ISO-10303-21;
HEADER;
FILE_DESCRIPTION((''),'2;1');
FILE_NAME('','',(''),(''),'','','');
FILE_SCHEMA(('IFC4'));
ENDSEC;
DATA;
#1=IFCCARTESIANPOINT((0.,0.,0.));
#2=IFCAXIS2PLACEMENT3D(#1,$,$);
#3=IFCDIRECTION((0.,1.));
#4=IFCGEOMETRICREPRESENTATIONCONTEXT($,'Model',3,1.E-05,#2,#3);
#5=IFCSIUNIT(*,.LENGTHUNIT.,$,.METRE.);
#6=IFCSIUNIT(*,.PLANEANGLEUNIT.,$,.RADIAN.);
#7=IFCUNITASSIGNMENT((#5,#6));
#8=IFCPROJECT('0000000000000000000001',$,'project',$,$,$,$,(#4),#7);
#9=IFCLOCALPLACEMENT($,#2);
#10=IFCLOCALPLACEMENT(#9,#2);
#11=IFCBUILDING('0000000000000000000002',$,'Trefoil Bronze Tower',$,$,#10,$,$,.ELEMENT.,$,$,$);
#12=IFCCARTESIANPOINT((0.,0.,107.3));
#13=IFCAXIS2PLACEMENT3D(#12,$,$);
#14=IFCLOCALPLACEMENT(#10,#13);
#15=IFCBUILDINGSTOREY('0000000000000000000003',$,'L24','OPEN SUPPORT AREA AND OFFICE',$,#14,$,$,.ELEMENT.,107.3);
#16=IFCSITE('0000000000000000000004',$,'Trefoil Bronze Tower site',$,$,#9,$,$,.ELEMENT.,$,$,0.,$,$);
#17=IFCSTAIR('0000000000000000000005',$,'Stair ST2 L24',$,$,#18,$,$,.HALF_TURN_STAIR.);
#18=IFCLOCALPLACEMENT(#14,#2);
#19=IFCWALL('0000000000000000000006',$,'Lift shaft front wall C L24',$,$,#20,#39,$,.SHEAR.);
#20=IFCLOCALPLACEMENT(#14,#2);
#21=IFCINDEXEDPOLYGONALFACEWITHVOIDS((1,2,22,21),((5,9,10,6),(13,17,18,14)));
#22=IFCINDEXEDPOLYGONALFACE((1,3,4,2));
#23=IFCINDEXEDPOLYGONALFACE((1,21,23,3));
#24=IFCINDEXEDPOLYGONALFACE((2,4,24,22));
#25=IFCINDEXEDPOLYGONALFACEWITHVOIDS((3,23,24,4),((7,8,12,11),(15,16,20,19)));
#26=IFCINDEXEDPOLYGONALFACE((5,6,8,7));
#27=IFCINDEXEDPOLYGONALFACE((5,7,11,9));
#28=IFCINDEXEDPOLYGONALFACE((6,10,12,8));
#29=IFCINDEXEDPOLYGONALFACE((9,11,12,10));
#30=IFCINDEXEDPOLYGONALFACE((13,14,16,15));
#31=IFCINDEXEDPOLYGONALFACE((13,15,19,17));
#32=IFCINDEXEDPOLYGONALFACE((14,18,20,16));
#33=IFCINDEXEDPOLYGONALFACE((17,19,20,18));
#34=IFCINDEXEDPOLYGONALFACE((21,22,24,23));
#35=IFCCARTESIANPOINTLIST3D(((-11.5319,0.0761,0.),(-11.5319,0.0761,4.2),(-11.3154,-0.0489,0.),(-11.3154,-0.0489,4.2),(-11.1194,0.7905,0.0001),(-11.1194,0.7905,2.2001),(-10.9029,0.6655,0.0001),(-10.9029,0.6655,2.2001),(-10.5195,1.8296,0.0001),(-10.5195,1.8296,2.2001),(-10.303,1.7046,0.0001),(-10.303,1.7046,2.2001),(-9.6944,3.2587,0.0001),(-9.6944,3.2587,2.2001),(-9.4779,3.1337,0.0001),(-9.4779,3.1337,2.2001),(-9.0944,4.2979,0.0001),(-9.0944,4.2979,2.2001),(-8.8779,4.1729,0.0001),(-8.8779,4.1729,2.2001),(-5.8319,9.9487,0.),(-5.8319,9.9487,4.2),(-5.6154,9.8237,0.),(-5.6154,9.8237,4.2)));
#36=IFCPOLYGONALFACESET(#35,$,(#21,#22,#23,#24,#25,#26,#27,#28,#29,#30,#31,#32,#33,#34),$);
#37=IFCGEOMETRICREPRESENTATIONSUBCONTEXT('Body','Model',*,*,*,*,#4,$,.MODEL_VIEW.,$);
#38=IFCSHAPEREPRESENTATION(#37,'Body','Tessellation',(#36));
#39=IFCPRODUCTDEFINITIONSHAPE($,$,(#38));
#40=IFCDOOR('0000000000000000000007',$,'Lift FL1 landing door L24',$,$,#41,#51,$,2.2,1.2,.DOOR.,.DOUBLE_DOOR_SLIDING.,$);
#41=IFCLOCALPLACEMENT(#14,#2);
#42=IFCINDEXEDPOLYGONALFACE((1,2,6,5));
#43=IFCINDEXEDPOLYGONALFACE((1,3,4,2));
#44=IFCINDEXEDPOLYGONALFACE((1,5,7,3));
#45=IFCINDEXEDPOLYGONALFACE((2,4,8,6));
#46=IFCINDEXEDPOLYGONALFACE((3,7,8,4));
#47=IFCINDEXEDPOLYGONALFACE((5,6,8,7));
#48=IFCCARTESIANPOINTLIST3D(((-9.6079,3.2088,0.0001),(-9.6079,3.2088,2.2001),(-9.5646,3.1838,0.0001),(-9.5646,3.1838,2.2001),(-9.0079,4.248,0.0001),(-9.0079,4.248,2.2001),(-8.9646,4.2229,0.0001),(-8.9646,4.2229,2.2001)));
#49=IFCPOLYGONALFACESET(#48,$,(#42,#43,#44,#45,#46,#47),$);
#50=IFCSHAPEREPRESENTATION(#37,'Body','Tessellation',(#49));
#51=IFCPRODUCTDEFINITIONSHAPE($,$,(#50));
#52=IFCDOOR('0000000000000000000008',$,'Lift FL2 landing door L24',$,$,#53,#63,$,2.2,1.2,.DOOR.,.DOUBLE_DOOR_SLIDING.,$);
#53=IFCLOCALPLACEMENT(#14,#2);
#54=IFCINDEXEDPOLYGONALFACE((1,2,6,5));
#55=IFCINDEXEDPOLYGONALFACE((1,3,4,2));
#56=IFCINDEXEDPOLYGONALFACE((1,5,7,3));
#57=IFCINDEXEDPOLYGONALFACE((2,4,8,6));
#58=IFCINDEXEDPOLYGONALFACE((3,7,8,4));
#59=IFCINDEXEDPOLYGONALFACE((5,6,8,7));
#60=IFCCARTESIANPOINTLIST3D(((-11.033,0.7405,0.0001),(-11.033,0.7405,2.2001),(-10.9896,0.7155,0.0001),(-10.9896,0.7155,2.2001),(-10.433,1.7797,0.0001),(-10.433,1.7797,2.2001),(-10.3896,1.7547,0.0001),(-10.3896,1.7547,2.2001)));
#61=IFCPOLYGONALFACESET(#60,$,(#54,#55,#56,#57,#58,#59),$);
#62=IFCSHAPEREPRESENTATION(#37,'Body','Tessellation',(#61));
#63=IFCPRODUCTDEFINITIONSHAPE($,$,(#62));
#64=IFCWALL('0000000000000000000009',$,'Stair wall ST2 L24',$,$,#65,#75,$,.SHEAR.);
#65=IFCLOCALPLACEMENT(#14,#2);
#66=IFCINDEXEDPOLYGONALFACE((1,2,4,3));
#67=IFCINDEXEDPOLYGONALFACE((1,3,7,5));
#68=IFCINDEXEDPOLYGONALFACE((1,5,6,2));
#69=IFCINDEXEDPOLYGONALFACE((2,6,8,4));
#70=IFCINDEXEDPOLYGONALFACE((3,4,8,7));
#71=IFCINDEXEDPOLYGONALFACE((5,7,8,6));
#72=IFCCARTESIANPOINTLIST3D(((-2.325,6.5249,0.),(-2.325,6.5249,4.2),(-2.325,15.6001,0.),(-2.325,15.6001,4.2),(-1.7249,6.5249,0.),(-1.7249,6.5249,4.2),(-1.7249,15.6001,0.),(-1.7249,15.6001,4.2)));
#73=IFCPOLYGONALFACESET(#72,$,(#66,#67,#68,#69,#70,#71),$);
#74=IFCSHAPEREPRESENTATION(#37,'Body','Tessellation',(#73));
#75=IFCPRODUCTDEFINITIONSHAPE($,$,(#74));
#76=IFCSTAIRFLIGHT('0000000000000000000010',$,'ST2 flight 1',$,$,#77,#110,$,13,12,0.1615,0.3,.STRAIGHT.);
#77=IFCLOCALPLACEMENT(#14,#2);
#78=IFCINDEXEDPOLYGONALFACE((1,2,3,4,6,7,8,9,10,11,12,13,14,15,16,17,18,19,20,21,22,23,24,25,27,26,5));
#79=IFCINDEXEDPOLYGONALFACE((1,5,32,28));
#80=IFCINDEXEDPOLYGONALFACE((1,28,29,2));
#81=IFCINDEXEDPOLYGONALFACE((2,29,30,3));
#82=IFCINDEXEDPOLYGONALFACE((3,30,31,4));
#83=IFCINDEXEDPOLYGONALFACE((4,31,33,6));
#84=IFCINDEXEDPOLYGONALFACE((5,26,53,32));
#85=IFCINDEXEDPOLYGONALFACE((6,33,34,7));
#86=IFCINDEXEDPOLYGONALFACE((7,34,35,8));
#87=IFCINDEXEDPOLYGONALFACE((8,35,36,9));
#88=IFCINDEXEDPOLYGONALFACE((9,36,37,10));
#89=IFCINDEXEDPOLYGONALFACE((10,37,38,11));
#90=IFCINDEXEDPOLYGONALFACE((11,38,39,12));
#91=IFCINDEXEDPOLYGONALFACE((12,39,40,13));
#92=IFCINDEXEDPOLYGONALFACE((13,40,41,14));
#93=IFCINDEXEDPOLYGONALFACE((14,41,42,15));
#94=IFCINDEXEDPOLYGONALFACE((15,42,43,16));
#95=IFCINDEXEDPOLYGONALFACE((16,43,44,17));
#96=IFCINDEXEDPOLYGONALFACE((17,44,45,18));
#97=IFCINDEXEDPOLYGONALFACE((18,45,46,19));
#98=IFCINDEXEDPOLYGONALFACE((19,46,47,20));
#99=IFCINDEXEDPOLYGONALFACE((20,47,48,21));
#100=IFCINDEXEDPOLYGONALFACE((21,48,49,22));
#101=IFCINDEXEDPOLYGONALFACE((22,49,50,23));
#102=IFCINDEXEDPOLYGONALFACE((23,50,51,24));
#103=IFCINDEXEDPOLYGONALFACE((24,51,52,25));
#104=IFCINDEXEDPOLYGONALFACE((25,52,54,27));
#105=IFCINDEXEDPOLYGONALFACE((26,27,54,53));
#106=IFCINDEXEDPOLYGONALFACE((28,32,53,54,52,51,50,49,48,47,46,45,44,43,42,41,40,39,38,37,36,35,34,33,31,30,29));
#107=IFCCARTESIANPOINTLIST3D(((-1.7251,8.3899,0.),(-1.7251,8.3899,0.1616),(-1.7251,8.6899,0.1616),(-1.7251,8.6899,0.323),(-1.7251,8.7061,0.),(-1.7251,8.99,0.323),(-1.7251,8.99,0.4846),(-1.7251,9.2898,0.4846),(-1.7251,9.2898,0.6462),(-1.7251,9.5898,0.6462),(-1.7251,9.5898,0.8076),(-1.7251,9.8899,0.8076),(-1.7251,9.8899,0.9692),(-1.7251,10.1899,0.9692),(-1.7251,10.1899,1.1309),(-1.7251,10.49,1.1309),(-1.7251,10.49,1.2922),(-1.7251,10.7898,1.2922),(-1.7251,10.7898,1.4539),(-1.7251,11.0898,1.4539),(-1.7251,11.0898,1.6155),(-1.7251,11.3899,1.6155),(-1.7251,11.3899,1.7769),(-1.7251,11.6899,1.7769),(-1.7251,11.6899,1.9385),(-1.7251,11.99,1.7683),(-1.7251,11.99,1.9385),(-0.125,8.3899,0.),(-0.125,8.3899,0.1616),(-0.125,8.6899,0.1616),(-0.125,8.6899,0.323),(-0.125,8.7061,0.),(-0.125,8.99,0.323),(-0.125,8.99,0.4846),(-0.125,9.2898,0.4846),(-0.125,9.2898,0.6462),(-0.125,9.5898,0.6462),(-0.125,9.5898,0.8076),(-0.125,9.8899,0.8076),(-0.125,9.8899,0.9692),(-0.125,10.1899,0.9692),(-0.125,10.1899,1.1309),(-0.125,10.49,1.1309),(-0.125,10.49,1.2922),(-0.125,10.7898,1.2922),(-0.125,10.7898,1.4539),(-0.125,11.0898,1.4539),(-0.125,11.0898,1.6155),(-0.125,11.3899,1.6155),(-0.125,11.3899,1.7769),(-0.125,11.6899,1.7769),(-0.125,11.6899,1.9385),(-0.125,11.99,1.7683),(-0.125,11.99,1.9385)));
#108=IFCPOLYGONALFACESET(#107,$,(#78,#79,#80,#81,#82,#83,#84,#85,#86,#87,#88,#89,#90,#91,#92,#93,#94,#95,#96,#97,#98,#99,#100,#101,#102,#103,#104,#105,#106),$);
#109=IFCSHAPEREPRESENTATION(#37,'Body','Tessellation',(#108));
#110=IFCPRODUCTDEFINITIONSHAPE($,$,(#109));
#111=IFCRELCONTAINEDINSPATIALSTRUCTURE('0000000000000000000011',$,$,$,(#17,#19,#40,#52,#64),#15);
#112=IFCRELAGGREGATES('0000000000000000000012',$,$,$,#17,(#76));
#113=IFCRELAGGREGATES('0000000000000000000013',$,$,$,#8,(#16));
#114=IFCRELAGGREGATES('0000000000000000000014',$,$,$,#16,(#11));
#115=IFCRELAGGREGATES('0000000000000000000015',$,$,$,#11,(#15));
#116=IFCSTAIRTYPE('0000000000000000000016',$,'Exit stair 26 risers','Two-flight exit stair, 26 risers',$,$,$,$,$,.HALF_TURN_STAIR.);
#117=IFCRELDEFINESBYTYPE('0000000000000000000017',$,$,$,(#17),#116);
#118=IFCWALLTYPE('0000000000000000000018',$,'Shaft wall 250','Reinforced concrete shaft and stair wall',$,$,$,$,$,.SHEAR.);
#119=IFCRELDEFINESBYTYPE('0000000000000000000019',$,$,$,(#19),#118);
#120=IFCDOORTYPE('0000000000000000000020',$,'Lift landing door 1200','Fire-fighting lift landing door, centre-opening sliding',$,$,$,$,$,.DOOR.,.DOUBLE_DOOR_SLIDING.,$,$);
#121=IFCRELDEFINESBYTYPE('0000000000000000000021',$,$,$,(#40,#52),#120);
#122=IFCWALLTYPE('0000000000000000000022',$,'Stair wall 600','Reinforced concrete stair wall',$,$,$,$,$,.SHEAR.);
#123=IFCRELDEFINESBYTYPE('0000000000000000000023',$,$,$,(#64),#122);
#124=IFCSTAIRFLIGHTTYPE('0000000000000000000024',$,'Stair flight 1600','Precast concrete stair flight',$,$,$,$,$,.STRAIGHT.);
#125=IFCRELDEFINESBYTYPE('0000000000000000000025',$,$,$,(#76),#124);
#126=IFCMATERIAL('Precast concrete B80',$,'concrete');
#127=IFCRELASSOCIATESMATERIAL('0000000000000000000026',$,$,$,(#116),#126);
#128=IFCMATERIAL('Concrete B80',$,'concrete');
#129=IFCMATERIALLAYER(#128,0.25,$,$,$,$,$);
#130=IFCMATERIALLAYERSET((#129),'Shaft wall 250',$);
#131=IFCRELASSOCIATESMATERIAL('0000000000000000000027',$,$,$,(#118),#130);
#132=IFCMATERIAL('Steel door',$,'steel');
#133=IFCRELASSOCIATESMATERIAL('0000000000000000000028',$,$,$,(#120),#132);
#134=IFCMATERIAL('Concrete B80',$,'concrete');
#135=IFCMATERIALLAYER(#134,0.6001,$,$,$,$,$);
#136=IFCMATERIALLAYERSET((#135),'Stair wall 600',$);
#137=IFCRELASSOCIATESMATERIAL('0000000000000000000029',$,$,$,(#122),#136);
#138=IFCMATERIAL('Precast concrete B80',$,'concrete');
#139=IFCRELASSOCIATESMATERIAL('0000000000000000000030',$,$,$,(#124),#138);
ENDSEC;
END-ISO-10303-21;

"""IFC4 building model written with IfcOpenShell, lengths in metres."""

from ifc_helpers import new_model, si_unit, direction, frame, frame_2d, origin, place, context, subcontext, project, spatial, polyline, rectangle, outline, extrude, material, layer, layer_set, type_object, element, fill, aggregate, save


model = new_model("IFC4")

# Units and contexts
model_context = context("Model", 3, precision=1e-05, world=origin(), true_north=direction((0.0, 1.0)))
body_context = subcontext(model_context, "Body", "Model", "MODEL_VIEW")
ifc_project = project(units=[si_unit("LENGTHUNIT", "METRE"), si_unit("PLANEANGLEUNIT", "RADIAN")], contexts=[model_context])

# Site, building, storey
site_placement = place(None, origin())
site = spatial("IfcSite", under=ifc_project, at=site_placement, Name="Trefoil Bronze Tower site", CompositionType="ELEMENT", RefElevation=0.0)
building_placement = place(site_placement, origin())
building = spatial("IfcBuilding", under=site, at=building_placement, Name="Trefoil Bronze Tower", CompositionType="ELEMENT")
storey_placement = place(building_placement, frame((0.0, 0.0, 107.3)))
storey = spatial("IfcBuildingStorey", under=building, at=storey_placement, Name="L24", Description="OPEN SUPPORT AREA AND OFFICE", CompositionType="ELEMENT", Elevation=107.3)

# Stair
ifc_material_1 = material(Name="Precast concrete B80", Category="concrete")
stair_type = type_object("IfcStairType", Name="Exit stair 26 risers", Description="Two-flight exit stair, 26 risers", PredefinedType="HALF_TURN_STAIR", material=ifc_material_1)
stair_1_placement = place(storey_placement, origin())
stair_1 = element("IfcStair", 1, at=stair_1_placement, inside=storey, type_object=stair_type, Name="Stair ST2 L24", PredefinedType="HALF_TURN_STAIR")

# Wall, openings, doors
ifc_material_2 = material(Name="Concrete B80", Category="concrete")
ifc_layer_1 = layer(ifc_material_2, 0.25)
ifc_layer_set_1 = layer_set([ifc_layer_1], Name="Shaft wall 250")
wall_type_1 = type_object("IfcWallType", Name="Shaft wall 250", Description="Reinforced concrete shaft and stair wall", PredefinedType="SHEAR", material=ifc_layer_set_1)
wall_1_placement = place(storey_placement, frame((-5.7236, 9.8862, 0.0), z_axis=(0.0, 0.0, 1.0), x_axis=(-0.500002, -0.866024, 0.0)))
wall_1 = element("IfcWall", 2, at=wall_1_placement, inside=storey, type_object=wall_type_1, Name="Lift shaft front wall C L24", PredefinedType="SHEAR", context=body_context, shape_type="SweptSolid", body=[
    extrude(rectangle(XDim=11.3999, YDim=0.25, at=frame_2d((5.7, 0.0))), origin(), (0.0, 0.0, 1.0), 4.2),
])
opening_1_placement = place(wall_1_placement, frame((6.5249, 0.0, 0.0)))
opening_1 = element("IfcOpeningElement", 3, at=opening_1_placement, cuts=wall_1, PredefinedType="OPENING", context=body_context, shape_type="SweptSolid", body=[
    extrude(rectangle(XDim=1.2, YDim=2.2, at=frame_2d((0.6001, 1.1001))), frame((0.0, 0.135, 0.0), z_axis=(0.0, -1.0, 0.0), x_axis=(1.0, 0.0, 0.0)), (0.0, 0.0, 1.0), 0.27),
])
opening_2_placement = place(wall_1_placement, frame((9.375, 0.0, 0.0)))
opening_2 = element("IfcOpeningElement", 4, at=opening_2_placement, cuts=wall_1, PredefinedType="OPENING", context=body_context, shape_type="SweptSolid", body=[
    extrude(rectangle(XDim=1.2, YDim=2.2, at=frame_2d((0.6001, 1.1001))), frame((0.0, 0.135, 0.0), z_axis=(0.0, -1.0, 0.0), x_axis=(1.0, 0.0, 0.0)), (0.0, 0.0, 1.0), 0.27),
])
ifc_material_3 = material(Name="Steel door", Category="steel")
door_type_1 = type_object("IfcDoorType", Name="Lift landing door 1200", Description="Fire-fighting lift landing door, centre-opening sliding", OperationType="DOUBLE_DOOR_SLIDING", PredefinedType="DOOR", material=ifc_material_3)
door_1_placement = place(opening_1_placement, origin())
door_1 = element("IfcDoor", 5, at=door_1_placement, inside=storey, type_object=door_type_1, Name="Lift FL1 landing door L24", OperationType="DOUBLE_DOOR_SLIDING", OverallHeight=2.2, OverallWidth=1.2, PredefinedType="DOOR", context=body_context, shape_type="SweptSolid", body=[
    extrude(rectangle(XDim=1.2, YDim=2.2, at=frame_2d((0.6001, 1.1001))), frame((0.0, 0.0249, 0.0), z_axis=(0.0, -1.0, 0.0), x_axis=(1.0, 0.0, 0.0)), (0.0, 0.0, 1.0), 0.05),
])
fill(opening_1, door_1)
door_2_placement = place(opening_2_placement, origin())
door_2 = element("IfcDoor", 6, at=door_2_placement, inside=storey, type_object=door_type_1, Name="Lift FL2 landing door L24", OperationType="DOUBLE_DOOR_SLIDING", OverallHeight=2.2, OverallWidth=1.2, PredefinedType="DOOR", context=body_context, shape_type="SweptSolid", body=[
    extrude(rectangle(XDim=1.2, YDim=2.2, at=frame_2d((0.6001, 1.1001))), frame((0.0, 0.0249, 0.0), z_axis=(0.0, -1.0, 0.0), x_axis=(1.0, 0.0, 0.0)), (0.0, 0.0, 1.0), 0.05),
])
fill(opening_2, door_2)

# Wall
ifc_material_4 = material(Name="Concrete B80", Category="concrete")
ifc_layer_2 = layer(ifc_material_4, 0.6001)
ifc_layer_set_2 = layer_set([ifc_layer_2], Name="Stair wall 600")
wall_type_2 = type_object("IfcWallType", Name="Stair wall 600", Description="Reinforced concrete stair wall", PredefinedType="SHEAR", material=ifc_layer_set_2)
wall_2_placement = place(storey_placement, frame((-2.0249, 6.5249, 0.0), z_axis=(0.0, 0.0, 1.0), x_axis=(0.0, 1.0, 0.0)))
element("IfcWall", 7, at=wall_2_placement, inside=storey, type_object=wall_type_2, Name="Stair wall ST2 L24", PredefinedType="SHEAR", context=body_context, shape_type="SweptSolid", body=[
    extrude(rectangle(XDim=9.0752, YDim=0.6001, at=frame_2d((4.5376, 0.0))), origin(), (0.0, 0.0, 1.0), 4.2),
])

# Stair flight
ifc_material_5 = material(Name="Precast concrete B80", Category="concrete")
stair_flight_type = type_object("IfcStairFlightType", Name="Stair flight 1600", Description="Precast concrete stair flight", PredefinedType="STRAIGHT", material=ifc_material_5)
stair_flight_placement = place(storey_placement, frame((-0.925, 8.3899, 0.0), z_axis=(0.0, 0.0, 1.0), x_axis=(0.0, 1.0, 0.0)))
stair_flight = element("IfcStairFlight", 8, at=stair_flight_placement, type_object=stair_flight_type, Name="ST2 flight 1", NumberOfRisers=13, NumberOfTreads=12, PredefinedType="STRAIGHT", RiserHeight=0.1615, TreadLength=0.3, context=body_context, shape_type="SweptSolid", body=[
    extrude(outline(polyline([(0.0, 0.0), (0.0, 0.1616), (0.3, 0.1616), (0.3, 0.323), (0.6001, 0.323), (0.6001, 0.4846), (0.8999, 0.4846), (0.8999, 0.6462), (1.2, 0.6462), (1.2, 0.8076), (1.5, 0.8076), (1.5, 0.9692), (1.8, 0.9692), (1.8, 1.1309), (2.1001, 1.1309), (2.1001, 1.2922), (2.3999, 1.2922), (2.3999, 1.4539), (2.7, 1.4539), (2.7, 1.6155), (3.0, 1.6155), (3.0, 1.7769), (3.3, 1.7769), (3.3, 1.9385), (3.6001, 1.9385), (3.6001, 2.1001), (3.6001, 1.7683), (0.3162, 0.0), (0.0, 0.0)])), frame((0.0, 0.8, 0.0), z_axis=(0.0, -1.0, 0.0), x_axis=(1.0, 0.0, 0.0)), (0.0, 0.0, 1.0), 1.6001),
])
aggregate(stair_1, [stair_flight])

save(model, "model.ifc")
